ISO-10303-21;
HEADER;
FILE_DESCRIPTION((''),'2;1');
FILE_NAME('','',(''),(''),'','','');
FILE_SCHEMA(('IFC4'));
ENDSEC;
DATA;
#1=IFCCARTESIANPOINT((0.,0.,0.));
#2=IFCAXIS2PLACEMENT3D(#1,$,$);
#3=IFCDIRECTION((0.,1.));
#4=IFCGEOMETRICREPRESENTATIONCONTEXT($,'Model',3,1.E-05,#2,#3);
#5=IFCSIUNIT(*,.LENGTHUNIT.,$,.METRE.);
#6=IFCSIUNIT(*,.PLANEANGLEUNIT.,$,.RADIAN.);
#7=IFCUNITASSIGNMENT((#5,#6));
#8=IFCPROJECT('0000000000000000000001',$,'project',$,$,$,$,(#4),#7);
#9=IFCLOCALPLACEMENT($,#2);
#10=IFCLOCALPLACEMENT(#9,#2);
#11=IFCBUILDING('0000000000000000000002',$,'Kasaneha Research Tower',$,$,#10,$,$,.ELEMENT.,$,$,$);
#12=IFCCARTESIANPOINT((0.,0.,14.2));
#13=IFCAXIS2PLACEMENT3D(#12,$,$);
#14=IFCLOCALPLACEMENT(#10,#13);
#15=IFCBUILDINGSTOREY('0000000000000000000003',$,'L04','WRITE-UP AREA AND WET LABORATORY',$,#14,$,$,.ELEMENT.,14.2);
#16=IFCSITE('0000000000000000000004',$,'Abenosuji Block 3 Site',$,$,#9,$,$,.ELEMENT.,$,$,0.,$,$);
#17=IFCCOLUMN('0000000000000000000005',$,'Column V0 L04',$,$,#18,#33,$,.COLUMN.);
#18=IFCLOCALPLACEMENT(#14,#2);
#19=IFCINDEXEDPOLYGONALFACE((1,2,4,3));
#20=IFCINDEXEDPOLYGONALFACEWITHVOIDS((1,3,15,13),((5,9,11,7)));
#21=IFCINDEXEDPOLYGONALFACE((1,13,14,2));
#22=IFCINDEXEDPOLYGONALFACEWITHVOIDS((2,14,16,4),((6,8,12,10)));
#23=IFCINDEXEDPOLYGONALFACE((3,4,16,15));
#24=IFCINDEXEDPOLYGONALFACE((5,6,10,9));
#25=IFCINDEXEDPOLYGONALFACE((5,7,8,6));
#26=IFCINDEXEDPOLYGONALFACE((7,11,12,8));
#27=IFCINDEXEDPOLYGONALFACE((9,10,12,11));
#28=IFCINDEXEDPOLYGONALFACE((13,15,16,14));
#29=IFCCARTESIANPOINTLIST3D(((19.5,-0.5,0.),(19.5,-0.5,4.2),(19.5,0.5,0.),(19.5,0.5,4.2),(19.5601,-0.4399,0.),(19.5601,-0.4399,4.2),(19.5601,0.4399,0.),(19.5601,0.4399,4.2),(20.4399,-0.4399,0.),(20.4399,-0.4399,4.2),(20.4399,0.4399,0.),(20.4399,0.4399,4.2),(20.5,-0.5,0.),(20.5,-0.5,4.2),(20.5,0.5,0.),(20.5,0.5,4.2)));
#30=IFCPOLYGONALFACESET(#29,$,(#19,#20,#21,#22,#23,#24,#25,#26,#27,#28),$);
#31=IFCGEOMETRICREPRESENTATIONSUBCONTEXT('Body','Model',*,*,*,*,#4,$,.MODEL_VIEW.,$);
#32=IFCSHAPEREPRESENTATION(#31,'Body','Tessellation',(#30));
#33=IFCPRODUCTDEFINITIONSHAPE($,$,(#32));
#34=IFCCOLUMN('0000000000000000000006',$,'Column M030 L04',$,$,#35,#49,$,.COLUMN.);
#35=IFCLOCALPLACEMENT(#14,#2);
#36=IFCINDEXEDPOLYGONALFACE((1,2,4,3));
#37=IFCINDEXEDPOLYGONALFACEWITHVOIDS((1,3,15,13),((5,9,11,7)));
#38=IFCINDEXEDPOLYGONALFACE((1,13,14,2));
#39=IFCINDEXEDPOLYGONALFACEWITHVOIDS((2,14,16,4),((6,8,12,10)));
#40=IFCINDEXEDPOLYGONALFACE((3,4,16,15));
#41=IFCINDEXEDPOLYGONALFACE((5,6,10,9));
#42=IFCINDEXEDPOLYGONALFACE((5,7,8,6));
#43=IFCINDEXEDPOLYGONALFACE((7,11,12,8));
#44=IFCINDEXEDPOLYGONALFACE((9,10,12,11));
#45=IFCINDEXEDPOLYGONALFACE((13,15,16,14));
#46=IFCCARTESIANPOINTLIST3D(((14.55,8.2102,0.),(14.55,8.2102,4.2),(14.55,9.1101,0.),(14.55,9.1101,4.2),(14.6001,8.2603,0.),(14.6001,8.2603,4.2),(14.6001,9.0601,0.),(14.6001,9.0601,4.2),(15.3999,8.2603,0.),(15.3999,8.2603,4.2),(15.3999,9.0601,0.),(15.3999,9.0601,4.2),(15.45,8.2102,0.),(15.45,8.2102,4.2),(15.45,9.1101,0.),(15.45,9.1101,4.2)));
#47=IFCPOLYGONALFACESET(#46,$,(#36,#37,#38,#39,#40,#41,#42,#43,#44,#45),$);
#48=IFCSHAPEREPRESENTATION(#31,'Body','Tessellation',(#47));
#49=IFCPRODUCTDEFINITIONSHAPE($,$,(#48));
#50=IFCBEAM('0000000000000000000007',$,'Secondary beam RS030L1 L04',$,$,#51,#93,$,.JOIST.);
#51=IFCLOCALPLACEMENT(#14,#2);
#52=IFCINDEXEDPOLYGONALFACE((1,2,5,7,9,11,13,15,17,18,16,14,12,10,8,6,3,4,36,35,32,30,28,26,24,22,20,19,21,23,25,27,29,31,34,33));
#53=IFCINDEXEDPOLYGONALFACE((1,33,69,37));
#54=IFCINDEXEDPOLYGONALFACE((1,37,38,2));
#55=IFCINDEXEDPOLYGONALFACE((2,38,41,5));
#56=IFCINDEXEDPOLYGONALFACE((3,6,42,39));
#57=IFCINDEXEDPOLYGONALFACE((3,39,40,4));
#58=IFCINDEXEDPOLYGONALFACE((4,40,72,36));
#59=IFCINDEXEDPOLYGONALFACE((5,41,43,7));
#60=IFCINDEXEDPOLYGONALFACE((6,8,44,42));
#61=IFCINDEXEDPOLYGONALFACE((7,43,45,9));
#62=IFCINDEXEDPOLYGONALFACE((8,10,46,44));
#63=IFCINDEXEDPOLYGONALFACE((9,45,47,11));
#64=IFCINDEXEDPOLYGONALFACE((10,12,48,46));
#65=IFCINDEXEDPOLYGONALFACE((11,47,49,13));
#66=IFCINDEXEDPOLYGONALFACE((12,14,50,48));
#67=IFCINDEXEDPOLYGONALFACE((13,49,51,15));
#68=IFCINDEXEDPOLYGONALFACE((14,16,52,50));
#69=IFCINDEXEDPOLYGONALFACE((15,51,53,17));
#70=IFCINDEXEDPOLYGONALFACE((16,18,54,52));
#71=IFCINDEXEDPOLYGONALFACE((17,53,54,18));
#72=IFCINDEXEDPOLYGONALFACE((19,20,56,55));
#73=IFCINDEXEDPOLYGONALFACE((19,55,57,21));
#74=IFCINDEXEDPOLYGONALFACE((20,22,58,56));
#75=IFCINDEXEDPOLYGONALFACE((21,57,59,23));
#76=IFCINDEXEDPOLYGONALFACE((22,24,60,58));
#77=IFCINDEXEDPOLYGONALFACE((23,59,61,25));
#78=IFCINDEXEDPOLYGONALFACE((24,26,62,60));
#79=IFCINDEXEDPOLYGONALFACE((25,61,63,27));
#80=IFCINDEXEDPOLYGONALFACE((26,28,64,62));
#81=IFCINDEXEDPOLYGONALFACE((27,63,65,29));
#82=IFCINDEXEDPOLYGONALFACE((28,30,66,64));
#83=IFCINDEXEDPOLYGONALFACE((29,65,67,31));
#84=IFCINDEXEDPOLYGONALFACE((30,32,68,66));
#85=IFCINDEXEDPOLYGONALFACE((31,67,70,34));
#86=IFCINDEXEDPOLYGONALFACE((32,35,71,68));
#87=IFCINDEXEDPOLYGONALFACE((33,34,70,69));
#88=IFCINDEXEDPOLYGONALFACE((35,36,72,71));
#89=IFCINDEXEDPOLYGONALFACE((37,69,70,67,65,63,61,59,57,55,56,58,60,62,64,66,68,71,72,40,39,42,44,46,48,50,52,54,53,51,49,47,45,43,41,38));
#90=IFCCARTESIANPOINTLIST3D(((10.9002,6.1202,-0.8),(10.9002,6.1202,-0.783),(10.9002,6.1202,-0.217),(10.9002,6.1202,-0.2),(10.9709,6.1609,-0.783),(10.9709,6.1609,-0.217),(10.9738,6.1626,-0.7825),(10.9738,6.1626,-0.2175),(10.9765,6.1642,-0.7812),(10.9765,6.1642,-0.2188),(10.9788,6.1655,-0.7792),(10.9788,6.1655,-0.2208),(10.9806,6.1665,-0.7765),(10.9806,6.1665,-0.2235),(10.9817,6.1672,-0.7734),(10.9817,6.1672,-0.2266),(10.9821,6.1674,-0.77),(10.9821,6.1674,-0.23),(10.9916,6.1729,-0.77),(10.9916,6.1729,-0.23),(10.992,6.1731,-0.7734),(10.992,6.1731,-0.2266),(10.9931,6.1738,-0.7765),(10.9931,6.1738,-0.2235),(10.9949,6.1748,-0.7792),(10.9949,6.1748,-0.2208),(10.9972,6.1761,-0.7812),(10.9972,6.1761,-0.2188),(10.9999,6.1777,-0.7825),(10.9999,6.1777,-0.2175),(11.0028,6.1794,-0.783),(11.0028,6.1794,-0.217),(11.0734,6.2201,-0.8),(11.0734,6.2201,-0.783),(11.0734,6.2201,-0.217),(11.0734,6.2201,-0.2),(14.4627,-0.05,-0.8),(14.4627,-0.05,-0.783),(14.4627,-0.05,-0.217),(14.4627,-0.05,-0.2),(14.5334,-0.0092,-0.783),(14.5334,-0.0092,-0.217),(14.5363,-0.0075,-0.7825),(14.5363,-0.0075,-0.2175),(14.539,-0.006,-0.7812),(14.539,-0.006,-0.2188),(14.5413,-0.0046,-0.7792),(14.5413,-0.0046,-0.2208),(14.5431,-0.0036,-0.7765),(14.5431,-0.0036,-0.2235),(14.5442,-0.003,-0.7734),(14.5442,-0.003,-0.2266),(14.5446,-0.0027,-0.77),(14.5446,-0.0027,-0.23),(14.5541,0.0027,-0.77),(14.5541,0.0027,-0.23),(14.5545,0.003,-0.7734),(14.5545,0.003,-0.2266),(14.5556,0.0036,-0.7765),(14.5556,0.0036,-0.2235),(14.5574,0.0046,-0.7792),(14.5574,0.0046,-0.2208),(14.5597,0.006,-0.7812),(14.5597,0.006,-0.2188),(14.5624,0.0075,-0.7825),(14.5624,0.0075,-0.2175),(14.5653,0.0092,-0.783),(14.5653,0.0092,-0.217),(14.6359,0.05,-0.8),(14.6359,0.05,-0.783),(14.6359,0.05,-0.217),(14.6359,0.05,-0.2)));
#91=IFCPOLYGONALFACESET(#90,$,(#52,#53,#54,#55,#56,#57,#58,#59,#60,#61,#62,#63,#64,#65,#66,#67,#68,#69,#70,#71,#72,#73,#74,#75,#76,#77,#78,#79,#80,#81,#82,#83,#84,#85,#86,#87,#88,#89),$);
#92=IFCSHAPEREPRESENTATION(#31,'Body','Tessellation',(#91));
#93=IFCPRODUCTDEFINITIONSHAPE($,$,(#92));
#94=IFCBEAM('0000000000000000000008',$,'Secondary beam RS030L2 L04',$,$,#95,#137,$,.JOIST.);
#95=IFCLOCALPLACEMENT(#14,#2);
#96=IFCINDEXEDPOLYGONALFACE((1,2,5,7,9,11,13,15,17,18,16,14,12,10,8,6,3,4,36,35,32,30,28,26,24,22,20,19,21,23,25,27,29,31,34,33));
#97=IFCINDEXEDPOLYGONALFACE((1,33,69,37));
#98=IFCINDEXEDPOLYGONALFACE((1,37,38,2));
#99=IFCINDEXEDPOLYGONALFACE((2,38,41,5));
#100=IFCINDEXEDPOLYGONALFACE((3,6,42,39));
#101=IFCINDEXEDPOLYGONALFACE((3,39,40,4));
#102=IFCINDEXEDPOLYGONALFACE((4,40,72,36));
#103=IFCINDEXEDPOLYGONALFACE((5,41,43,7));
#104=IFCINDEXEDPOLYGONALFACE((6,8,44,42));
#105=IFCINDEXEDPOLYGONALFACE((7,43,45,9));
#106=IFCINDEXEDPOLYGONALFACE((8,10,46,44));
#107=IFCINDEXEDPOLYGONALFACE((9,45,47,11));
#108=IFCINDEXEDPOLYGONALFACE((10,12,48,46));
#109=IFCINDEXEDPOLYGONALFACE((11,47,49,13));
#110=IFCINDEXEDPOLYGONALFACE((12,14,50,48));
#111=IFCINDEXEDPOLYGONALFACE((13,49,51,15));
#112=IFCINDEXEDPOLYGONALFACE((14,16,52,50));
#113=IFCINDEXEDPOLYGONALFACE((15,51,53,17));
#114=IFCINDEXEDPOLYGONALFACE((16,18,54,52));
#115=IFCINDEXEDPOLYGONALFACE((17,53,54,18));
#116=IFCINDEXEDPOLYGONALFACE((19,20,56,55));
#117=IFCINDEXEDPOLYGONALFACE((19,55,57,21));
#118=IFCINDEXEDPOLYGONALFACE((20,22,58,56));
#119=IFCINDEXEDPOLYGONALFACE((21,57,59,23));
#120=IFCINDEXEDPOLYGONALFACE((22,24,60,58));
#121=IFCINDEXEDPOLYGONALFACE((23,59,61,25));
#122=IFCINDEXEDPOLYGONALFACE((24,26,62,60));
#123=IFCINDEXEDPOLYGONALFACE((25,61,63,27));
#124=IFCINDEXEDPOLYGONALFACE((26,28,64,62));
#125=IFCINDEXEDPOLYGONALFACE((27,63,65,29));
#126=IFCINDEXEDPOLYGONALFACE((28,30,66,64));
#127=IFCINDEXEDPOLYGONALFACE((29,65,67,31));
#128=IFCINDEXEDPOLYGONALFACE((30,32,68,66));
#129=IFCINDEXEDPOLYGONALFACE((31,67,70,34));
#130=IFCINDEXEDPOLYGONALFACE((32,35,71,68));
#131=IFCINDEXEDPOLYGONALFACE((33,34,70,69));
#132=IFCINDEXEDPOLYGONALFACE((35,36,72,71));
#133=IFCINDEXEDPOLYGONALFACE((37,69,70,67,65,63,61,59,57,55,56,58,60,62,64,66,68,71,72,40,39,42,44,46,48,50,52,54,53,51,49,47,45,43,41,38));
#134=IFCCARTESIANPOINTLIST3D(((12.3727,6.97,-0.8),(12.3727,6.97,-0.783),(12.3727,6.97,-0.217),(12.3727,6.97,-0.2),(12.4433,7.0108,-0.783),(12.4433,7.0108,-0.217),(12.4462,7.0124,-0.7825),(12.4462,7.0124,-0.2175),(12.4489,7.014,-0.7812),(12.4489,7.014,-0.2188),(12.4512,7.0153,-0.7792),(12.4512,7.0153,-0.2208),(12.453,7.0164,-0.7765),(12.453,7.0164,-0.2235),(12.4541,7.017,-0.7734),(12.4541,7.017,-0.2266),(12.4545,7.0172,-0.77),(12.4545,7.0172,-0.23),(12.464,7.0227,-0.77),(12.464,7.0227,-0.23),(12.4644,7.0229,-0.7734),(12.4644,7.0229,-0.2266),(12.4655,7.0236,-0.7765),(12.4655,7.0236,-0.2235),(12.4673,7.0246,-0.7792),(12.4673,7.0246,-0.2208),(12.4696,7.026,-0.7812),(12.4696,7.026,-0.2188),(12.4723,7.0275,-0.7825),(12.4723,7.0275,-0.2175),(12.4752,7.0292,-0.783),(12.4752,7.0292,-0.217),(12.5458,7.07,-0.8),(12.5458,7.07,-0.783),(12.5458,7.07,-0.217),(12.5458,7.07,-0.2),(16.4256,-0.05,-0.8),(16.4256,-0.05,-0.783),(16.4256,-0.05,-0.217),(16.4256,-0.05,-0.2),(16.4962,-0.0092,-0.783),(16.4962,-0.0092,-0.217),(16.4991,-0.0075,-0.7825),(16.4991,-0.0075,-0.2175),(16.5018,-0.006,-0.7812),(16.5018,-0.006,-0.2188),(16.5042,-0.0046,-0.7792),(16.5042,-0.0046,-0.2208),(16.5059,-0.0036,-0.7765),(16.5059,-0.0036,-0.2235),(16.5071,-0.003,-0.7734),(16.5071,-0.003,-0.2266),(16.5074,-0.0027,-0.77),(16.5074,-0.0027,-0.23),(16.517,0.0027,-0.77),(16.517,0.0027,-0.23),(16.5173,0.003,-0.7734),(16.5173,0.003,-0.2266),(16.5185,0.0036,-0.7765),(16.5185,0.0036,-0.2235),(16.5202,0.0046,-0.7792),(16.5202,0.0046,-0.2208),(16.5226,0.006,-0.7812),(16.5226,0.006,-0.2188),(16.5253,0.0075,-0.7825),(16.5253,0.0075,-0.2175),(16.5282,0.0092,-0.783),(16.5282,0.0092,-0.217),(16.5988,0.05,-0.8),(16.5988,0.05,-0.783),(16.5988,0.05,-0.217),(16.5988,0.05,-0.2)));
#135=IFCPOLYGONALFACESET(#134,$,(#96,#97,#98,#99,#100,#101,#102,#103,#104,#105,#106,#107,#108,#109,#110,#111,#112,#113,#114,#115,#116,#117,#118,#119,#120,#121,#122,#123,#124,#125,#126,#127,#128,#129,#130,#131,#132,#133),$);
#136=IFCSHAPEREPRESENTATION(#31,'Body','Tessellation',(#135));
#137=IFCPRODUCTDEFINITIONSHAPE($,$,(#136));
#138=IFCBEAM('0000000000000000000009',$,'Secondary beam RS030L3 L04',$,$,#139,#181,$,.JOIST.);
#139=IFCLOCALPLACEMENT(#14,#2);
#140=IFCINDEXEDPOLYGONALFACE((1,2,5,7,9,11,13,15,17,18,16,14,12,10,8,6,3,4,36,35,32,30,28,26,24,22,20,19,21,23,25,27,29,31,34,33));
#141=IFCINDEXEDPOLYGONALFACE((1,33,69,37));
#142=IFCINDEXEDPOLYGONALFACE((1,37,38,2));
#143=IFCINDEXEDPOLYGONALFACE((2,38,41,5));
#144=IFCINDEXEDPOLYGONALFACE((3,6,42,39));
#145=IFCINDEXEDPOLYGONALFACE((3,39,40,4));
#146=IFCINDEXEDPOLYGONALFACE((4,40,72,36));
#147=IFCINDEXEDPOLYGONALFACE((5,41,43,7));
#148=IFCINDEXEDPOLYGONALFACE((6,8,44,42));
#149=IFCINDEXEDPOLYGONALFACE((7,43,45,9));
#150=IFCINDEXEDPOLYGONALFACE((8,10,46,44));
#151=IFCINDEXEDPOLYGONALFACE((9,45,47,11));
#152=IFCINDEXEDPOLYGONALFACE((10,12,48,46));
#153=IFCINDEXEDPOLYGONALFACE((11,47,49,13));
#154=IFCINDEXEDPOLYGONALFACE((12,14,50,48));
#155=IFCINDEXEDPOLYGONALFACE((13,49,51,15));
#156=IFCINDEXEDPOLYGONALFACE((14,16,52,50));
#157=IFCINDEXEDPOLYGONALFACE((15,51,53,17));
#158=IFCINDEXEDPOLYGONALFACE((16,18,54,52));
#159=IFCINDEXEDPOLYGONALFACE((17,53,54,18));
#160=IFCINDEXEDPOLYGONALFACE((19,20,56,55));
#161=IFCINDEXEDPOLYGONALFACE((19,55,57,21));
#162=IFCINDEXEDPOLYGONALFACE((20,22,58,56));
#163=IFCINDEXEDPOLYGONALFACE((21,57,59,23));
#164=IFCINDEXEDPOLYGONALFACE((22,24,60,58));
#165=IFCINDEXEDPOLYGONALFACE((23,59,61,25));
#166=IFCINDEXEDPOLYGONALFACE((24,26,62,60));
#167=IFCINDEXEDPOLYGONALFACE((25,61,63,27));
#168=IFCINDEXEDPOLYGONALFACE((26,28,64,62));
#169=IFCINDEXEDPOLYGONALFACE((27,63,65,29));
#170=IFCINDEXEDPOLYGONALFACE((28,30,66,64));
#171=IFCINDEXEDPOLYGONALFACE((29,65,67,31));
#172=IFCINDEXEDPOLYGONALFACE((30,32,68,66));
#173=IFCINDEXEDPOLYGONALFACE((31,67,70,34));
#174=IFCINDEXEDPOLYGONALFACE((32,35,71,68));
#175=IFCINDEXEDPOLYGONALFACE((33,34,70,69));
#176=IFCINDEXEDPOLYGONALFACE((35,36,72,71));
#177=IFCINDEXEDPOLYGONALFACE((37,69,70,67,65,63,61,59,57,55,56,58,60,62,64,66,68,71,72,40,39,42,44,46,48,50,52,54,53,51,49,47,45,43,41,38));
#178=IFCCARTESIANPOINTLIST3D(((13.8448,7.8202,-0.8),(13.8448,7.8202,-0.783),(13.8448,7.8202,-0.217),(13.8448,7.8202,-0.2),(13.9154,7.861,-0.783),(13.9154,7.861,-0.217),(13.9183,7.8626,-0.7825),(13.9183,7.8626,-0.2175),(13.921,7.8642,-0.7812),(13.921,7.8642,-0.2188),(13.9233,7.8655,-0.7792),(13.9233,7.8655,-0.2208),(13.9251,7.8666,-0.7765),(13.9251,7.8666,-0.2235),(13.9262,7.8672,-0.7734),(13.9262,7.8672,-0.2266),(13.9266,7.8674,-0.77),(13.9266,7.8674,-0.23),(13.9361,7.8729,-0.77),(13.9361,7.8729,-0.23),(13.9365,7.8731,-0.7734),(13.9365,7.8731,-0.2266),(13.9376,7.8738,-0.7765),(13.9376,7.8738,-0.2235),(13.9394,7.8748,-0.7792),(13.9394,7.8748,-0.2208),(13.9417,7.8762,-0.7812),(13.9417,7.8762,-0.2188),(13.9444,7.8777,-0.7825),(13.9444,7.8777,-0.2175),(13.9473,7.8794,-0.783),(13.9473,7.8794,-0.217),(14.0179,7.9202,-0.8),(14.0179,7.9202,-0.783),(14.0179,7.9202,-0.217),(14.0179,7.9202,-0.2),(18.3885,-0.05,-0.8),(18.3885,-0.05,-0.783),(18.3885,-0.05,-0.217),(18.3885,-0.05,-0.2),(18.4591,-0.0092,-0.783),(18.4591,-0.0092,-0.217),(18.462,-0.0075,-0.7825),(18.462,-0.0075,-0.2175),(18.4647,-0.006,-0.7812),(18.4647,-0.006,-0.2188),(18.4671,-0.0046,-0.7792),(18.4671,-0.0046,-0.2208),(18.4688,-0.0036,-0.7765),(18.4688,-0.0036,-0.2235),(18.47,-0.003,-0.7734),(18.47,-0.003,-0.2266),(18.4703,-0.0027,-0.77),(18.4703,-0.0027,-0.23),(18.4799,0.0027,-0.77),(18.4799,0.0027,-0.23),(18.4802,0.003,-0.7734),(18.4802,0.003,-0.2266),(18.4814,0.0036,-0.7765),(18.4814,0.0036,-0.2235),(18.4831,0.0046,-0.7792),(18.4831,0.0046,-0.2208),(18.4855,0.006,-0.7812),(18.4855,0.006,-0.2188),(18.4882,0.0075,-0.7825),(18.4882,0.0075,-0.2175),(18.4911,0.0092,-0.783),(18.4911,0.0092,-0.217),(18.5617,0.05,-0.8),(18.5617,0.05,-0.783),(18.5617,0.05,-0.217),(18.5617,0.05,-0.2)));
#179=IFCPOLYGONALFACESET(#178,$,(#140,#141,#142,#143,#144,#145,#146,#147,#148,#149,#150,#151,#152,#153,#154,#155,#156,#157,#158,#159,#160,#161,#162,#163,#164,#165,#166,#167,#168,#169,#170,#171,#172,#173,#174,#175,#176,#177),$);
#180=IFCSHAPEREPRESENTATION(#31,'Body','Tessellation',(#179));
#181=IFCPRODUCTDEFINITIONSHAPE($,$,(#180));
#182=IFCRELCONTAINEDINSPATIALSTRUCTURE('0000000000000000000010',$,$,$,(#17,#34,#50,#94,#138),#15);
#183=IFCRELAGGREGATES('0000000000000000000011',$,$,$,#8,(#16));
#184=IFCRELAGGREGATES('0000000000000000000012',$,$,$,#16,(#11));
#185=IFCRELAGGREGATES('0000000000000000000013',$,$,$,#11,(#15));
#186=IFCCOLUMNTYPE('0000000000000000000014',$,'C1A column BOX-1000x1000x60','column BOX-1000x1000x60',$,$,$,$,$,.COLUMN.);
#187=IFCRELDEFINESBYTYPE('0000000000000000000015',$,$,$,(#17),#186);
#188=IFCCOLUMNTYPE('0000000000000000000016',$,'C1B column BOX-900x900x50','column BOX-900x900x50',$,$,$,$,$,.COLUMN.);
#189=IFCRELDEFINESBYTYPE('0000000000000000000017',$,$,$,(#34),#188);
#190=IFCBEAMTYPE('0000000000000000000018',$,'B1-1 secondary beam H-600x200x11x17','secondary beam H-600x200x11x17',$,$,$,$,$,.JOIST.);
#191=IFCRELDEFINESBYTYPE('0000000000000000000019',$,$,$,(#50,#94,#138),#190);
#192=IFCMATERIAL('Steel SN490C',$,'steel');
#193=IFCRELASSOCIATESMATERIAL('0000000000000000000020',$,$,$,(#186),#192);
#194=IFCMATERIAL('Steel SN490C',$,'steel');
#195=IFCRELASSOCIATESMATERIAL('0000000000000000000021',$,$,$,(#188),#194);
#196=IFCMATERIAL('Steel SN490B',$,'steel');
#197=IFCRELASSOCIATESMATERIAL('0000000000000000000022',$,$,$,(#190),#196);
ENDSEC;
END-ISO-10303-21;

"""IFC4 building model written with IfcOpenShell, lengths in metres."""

from ifc_helpers import new_model, si_unit, direction, frame, origin, origin_2d, place, context, subcontext, project, spatial, hollow_rectangle, i_section, extrude, material, material_profile, profile_set, type_object, element, save


model = new_model("IFC4")

# Units and contexts
model_context = context("Model", 3, precision=1e-05, world=origin(), true_north=direction((0.0, 1.0)))
body_context = subcontext(model_context, "Body", "Model", "MODEL_VIEW")
ifc_project = project(units=[si_unit("LENGTHUNIT", "METRE"), si_unit("PLANEANGLEUNIT", "RADIAN")], contexts=[model_context])

# Site, building, storey
site_placement = place(None, origin())
site = spatial("IfcSite", under=ifc_project, at=site_placement, Name="Abenosuji Block 3 Site", CompositionType="ELEMENT", RefElevation=0.0)
building_placement = place(site_placement, origin())
building = spatial("IfcBuilding", under=site, at=building_placement, Name="Kasaneha Research Tower", CompositionType="ELEMENT")
storey_placement = place(building_placement, frame((0.0, 0.0, 14.2)))
storey = spatial("IfcBuildingStorey", under=building, at=storey_placement, Name="L04", Description="WRITE-UP AREA AND WET LABORATORY", CompositionType="ELEMENT", Elevation=14.2)

# Columns
ifc_material_1 = material(Name="Steel SN490C", Category="steel")
ifc_material_profile_1 = material_profile(ifc_material_1, hollow_rectangle(XDim=1.0, YDim=1.0, WallThickness=0.0601, at=origin_2d()), Name="BOX-1000x1000x60")
ifc_profile_set_1 = profile_set([ifc_material_profile_1], Name="Steel SN490C")
column_type_1 = type_object("IfcColumnType", Name="C1A column BOX-1000x1000x60", Description="column BOX-1000x1000x60", PredefinedType="COLUMN", material=ifc_profile_set_1)
column_1_placement = place(storey_placement, frame((20.0, 0.0, 0.0), z_axis=(0.0, 0.0, 1.0), x_axis=(1.0, 0.0, 0.0)))
element("IfcColumn", 1, at=column_1_placement, inside=storey, type_object=column_type_1, Name="Column V0 L04", PredefinedType="COLUMN", context=body_context, shape_type="SweptSolid", body=[
    extrude(hollow_rectangle(XDim=1.0, YDim=1.0, WallThickness=0.0601, at=origin_2d()), origin(), (0.0, 0.0, 1.0), 4.2),
])
ifc_material_2 = material(Name="Steel SN490C", Category="steel")
ifc_material_profile_2 = material_profile(ifc_material_2, hollow_rectangle(XDim=0.8999, YDim=0.8999, WallThickness=0.05, at=origin_2d()), Name="BOX-900x900x50")
ifc_profile_set_2 = profile_set([ifc_material_profile_2], Name="Steel SN490C")
column_type_2 = type_object("IfcColumnType", Name="C1B column BOX-900x900x50", Description="column BOX-900x900x50", PredefinedType="COLUMN", material=ifc_profile_set_2)
column_2_placement = place(storey_placement, frame((15.0, 8.6602, 0.0), z_axis=(0.0, 0.0, 1.0), x_axis=(1.0, 0.0, 0.0)))
element("IfcColumn", 2, at=column_2_placement, inside=storey, type_object=column_type_2, Name="Column M030 L04", PredefinedType="COLUMN", context=body_context, shape_type="SweptSolid", body=[
    extrude(hollow_rectangle(XDim=0.8999, YDim=0.8999, WallThickness=0.05, at=origin_2d()), origin(), (0.0, 0.0, 1.0), 4.2),
])

# Beams
ifc_material_3 = material(Name="Steel SN490B", Category="steel")
ifc_material_profile_3 = material_profile(ifc_material_3, i_section(OverallWidth=0.2, OverallDepth=0.6001, WebThickness=0.011, FlangeThickness=0.0171, FilletRadius=0.0129, at=origin_2d()), Name="H-600x200x11x17")
ifc_profile_set_3 = profile_set([ifc_material_profile_3], Name="Steel SN490B")
beam_type_1 = type_object("IfcBeamType", Name="B1-1 secondary beam H-600x200x11x17", Description="secondary beam H-600x200x11x17", PredefinedType="JOIST", material=ifc_profile_set_3)
beam_1_placement = place(storey_placement, frame((14.5493, 0.0, -0.5), z_axis=(-0.500016, 0.866016, 0.0), x_axis=(-0.866016, -0.500016, 0.0)))
element("IfcBeam", 3, at=beam_1_placement, inside=storey, type_object=beam_type_1, Name="Secondary beam RS030L1 L04", PredefinedType="JOIST", context=body_context, shape_type="SweptSolid", body=[
    extrude(i_section(OverallWidth=0.2, OverallDepth=0.6001, WebThickness=0.011, FlangeThickness=0.0171, FilletRadius=0.0129, at=origin_2d()), origin(), (0.0, 0.0, 1.0), 7.1248),
])
beam_2_placement = place(storey_placement, frame((16.5122, 0.0, -0.5), z_axis=(-0.499997, 0.866027, 0.0), x_axis=(-0.866027, -0.499997, 0.0)))
element("IfcBeam", 4, at=beam_2_placement, inside=storey, type_object=beam_type_1, Name="Secondary beam RS030L2 L04", PredefinedType="JOIST", context=body_context, shape_type="SweptSolid", body=[
    extrude(i_section(OverallWidth=0.2, OverallDepth=0.6001, WebThickness=0.011, FlangeThickness=0.0171, FilletRadius=0.0129, at=origin_2d()), origin(), (0.0, 0.0, 1.0), 8.106),
])
beam_3_placement = place(storey_placement, frame((18.4751, 0.0, -0.5), z_axis=(-0.499991, 0.866031, 0.0), x_axis=(-0.866031, -0.499991, 0.0)))
element("IfcBeam", 5, at=beam_3_placement, inside=storey, type_object=beam_type_1, Name="Secondary beam RS030L3 L04", PredefinedType="JOIST", context=body_context, shape_type="SweptSolid", body=[
    extrude(i_section(OverallWidth=0.2, OverallDepth=0.6001, WebThickness=0.011, FlangeThickness=0.0171, FilletRadius=0.0129, at=origin_2d()), origin(), (0.0, 0.0, 1.0), 9.0876),
])

save(model, "model.ifc")
